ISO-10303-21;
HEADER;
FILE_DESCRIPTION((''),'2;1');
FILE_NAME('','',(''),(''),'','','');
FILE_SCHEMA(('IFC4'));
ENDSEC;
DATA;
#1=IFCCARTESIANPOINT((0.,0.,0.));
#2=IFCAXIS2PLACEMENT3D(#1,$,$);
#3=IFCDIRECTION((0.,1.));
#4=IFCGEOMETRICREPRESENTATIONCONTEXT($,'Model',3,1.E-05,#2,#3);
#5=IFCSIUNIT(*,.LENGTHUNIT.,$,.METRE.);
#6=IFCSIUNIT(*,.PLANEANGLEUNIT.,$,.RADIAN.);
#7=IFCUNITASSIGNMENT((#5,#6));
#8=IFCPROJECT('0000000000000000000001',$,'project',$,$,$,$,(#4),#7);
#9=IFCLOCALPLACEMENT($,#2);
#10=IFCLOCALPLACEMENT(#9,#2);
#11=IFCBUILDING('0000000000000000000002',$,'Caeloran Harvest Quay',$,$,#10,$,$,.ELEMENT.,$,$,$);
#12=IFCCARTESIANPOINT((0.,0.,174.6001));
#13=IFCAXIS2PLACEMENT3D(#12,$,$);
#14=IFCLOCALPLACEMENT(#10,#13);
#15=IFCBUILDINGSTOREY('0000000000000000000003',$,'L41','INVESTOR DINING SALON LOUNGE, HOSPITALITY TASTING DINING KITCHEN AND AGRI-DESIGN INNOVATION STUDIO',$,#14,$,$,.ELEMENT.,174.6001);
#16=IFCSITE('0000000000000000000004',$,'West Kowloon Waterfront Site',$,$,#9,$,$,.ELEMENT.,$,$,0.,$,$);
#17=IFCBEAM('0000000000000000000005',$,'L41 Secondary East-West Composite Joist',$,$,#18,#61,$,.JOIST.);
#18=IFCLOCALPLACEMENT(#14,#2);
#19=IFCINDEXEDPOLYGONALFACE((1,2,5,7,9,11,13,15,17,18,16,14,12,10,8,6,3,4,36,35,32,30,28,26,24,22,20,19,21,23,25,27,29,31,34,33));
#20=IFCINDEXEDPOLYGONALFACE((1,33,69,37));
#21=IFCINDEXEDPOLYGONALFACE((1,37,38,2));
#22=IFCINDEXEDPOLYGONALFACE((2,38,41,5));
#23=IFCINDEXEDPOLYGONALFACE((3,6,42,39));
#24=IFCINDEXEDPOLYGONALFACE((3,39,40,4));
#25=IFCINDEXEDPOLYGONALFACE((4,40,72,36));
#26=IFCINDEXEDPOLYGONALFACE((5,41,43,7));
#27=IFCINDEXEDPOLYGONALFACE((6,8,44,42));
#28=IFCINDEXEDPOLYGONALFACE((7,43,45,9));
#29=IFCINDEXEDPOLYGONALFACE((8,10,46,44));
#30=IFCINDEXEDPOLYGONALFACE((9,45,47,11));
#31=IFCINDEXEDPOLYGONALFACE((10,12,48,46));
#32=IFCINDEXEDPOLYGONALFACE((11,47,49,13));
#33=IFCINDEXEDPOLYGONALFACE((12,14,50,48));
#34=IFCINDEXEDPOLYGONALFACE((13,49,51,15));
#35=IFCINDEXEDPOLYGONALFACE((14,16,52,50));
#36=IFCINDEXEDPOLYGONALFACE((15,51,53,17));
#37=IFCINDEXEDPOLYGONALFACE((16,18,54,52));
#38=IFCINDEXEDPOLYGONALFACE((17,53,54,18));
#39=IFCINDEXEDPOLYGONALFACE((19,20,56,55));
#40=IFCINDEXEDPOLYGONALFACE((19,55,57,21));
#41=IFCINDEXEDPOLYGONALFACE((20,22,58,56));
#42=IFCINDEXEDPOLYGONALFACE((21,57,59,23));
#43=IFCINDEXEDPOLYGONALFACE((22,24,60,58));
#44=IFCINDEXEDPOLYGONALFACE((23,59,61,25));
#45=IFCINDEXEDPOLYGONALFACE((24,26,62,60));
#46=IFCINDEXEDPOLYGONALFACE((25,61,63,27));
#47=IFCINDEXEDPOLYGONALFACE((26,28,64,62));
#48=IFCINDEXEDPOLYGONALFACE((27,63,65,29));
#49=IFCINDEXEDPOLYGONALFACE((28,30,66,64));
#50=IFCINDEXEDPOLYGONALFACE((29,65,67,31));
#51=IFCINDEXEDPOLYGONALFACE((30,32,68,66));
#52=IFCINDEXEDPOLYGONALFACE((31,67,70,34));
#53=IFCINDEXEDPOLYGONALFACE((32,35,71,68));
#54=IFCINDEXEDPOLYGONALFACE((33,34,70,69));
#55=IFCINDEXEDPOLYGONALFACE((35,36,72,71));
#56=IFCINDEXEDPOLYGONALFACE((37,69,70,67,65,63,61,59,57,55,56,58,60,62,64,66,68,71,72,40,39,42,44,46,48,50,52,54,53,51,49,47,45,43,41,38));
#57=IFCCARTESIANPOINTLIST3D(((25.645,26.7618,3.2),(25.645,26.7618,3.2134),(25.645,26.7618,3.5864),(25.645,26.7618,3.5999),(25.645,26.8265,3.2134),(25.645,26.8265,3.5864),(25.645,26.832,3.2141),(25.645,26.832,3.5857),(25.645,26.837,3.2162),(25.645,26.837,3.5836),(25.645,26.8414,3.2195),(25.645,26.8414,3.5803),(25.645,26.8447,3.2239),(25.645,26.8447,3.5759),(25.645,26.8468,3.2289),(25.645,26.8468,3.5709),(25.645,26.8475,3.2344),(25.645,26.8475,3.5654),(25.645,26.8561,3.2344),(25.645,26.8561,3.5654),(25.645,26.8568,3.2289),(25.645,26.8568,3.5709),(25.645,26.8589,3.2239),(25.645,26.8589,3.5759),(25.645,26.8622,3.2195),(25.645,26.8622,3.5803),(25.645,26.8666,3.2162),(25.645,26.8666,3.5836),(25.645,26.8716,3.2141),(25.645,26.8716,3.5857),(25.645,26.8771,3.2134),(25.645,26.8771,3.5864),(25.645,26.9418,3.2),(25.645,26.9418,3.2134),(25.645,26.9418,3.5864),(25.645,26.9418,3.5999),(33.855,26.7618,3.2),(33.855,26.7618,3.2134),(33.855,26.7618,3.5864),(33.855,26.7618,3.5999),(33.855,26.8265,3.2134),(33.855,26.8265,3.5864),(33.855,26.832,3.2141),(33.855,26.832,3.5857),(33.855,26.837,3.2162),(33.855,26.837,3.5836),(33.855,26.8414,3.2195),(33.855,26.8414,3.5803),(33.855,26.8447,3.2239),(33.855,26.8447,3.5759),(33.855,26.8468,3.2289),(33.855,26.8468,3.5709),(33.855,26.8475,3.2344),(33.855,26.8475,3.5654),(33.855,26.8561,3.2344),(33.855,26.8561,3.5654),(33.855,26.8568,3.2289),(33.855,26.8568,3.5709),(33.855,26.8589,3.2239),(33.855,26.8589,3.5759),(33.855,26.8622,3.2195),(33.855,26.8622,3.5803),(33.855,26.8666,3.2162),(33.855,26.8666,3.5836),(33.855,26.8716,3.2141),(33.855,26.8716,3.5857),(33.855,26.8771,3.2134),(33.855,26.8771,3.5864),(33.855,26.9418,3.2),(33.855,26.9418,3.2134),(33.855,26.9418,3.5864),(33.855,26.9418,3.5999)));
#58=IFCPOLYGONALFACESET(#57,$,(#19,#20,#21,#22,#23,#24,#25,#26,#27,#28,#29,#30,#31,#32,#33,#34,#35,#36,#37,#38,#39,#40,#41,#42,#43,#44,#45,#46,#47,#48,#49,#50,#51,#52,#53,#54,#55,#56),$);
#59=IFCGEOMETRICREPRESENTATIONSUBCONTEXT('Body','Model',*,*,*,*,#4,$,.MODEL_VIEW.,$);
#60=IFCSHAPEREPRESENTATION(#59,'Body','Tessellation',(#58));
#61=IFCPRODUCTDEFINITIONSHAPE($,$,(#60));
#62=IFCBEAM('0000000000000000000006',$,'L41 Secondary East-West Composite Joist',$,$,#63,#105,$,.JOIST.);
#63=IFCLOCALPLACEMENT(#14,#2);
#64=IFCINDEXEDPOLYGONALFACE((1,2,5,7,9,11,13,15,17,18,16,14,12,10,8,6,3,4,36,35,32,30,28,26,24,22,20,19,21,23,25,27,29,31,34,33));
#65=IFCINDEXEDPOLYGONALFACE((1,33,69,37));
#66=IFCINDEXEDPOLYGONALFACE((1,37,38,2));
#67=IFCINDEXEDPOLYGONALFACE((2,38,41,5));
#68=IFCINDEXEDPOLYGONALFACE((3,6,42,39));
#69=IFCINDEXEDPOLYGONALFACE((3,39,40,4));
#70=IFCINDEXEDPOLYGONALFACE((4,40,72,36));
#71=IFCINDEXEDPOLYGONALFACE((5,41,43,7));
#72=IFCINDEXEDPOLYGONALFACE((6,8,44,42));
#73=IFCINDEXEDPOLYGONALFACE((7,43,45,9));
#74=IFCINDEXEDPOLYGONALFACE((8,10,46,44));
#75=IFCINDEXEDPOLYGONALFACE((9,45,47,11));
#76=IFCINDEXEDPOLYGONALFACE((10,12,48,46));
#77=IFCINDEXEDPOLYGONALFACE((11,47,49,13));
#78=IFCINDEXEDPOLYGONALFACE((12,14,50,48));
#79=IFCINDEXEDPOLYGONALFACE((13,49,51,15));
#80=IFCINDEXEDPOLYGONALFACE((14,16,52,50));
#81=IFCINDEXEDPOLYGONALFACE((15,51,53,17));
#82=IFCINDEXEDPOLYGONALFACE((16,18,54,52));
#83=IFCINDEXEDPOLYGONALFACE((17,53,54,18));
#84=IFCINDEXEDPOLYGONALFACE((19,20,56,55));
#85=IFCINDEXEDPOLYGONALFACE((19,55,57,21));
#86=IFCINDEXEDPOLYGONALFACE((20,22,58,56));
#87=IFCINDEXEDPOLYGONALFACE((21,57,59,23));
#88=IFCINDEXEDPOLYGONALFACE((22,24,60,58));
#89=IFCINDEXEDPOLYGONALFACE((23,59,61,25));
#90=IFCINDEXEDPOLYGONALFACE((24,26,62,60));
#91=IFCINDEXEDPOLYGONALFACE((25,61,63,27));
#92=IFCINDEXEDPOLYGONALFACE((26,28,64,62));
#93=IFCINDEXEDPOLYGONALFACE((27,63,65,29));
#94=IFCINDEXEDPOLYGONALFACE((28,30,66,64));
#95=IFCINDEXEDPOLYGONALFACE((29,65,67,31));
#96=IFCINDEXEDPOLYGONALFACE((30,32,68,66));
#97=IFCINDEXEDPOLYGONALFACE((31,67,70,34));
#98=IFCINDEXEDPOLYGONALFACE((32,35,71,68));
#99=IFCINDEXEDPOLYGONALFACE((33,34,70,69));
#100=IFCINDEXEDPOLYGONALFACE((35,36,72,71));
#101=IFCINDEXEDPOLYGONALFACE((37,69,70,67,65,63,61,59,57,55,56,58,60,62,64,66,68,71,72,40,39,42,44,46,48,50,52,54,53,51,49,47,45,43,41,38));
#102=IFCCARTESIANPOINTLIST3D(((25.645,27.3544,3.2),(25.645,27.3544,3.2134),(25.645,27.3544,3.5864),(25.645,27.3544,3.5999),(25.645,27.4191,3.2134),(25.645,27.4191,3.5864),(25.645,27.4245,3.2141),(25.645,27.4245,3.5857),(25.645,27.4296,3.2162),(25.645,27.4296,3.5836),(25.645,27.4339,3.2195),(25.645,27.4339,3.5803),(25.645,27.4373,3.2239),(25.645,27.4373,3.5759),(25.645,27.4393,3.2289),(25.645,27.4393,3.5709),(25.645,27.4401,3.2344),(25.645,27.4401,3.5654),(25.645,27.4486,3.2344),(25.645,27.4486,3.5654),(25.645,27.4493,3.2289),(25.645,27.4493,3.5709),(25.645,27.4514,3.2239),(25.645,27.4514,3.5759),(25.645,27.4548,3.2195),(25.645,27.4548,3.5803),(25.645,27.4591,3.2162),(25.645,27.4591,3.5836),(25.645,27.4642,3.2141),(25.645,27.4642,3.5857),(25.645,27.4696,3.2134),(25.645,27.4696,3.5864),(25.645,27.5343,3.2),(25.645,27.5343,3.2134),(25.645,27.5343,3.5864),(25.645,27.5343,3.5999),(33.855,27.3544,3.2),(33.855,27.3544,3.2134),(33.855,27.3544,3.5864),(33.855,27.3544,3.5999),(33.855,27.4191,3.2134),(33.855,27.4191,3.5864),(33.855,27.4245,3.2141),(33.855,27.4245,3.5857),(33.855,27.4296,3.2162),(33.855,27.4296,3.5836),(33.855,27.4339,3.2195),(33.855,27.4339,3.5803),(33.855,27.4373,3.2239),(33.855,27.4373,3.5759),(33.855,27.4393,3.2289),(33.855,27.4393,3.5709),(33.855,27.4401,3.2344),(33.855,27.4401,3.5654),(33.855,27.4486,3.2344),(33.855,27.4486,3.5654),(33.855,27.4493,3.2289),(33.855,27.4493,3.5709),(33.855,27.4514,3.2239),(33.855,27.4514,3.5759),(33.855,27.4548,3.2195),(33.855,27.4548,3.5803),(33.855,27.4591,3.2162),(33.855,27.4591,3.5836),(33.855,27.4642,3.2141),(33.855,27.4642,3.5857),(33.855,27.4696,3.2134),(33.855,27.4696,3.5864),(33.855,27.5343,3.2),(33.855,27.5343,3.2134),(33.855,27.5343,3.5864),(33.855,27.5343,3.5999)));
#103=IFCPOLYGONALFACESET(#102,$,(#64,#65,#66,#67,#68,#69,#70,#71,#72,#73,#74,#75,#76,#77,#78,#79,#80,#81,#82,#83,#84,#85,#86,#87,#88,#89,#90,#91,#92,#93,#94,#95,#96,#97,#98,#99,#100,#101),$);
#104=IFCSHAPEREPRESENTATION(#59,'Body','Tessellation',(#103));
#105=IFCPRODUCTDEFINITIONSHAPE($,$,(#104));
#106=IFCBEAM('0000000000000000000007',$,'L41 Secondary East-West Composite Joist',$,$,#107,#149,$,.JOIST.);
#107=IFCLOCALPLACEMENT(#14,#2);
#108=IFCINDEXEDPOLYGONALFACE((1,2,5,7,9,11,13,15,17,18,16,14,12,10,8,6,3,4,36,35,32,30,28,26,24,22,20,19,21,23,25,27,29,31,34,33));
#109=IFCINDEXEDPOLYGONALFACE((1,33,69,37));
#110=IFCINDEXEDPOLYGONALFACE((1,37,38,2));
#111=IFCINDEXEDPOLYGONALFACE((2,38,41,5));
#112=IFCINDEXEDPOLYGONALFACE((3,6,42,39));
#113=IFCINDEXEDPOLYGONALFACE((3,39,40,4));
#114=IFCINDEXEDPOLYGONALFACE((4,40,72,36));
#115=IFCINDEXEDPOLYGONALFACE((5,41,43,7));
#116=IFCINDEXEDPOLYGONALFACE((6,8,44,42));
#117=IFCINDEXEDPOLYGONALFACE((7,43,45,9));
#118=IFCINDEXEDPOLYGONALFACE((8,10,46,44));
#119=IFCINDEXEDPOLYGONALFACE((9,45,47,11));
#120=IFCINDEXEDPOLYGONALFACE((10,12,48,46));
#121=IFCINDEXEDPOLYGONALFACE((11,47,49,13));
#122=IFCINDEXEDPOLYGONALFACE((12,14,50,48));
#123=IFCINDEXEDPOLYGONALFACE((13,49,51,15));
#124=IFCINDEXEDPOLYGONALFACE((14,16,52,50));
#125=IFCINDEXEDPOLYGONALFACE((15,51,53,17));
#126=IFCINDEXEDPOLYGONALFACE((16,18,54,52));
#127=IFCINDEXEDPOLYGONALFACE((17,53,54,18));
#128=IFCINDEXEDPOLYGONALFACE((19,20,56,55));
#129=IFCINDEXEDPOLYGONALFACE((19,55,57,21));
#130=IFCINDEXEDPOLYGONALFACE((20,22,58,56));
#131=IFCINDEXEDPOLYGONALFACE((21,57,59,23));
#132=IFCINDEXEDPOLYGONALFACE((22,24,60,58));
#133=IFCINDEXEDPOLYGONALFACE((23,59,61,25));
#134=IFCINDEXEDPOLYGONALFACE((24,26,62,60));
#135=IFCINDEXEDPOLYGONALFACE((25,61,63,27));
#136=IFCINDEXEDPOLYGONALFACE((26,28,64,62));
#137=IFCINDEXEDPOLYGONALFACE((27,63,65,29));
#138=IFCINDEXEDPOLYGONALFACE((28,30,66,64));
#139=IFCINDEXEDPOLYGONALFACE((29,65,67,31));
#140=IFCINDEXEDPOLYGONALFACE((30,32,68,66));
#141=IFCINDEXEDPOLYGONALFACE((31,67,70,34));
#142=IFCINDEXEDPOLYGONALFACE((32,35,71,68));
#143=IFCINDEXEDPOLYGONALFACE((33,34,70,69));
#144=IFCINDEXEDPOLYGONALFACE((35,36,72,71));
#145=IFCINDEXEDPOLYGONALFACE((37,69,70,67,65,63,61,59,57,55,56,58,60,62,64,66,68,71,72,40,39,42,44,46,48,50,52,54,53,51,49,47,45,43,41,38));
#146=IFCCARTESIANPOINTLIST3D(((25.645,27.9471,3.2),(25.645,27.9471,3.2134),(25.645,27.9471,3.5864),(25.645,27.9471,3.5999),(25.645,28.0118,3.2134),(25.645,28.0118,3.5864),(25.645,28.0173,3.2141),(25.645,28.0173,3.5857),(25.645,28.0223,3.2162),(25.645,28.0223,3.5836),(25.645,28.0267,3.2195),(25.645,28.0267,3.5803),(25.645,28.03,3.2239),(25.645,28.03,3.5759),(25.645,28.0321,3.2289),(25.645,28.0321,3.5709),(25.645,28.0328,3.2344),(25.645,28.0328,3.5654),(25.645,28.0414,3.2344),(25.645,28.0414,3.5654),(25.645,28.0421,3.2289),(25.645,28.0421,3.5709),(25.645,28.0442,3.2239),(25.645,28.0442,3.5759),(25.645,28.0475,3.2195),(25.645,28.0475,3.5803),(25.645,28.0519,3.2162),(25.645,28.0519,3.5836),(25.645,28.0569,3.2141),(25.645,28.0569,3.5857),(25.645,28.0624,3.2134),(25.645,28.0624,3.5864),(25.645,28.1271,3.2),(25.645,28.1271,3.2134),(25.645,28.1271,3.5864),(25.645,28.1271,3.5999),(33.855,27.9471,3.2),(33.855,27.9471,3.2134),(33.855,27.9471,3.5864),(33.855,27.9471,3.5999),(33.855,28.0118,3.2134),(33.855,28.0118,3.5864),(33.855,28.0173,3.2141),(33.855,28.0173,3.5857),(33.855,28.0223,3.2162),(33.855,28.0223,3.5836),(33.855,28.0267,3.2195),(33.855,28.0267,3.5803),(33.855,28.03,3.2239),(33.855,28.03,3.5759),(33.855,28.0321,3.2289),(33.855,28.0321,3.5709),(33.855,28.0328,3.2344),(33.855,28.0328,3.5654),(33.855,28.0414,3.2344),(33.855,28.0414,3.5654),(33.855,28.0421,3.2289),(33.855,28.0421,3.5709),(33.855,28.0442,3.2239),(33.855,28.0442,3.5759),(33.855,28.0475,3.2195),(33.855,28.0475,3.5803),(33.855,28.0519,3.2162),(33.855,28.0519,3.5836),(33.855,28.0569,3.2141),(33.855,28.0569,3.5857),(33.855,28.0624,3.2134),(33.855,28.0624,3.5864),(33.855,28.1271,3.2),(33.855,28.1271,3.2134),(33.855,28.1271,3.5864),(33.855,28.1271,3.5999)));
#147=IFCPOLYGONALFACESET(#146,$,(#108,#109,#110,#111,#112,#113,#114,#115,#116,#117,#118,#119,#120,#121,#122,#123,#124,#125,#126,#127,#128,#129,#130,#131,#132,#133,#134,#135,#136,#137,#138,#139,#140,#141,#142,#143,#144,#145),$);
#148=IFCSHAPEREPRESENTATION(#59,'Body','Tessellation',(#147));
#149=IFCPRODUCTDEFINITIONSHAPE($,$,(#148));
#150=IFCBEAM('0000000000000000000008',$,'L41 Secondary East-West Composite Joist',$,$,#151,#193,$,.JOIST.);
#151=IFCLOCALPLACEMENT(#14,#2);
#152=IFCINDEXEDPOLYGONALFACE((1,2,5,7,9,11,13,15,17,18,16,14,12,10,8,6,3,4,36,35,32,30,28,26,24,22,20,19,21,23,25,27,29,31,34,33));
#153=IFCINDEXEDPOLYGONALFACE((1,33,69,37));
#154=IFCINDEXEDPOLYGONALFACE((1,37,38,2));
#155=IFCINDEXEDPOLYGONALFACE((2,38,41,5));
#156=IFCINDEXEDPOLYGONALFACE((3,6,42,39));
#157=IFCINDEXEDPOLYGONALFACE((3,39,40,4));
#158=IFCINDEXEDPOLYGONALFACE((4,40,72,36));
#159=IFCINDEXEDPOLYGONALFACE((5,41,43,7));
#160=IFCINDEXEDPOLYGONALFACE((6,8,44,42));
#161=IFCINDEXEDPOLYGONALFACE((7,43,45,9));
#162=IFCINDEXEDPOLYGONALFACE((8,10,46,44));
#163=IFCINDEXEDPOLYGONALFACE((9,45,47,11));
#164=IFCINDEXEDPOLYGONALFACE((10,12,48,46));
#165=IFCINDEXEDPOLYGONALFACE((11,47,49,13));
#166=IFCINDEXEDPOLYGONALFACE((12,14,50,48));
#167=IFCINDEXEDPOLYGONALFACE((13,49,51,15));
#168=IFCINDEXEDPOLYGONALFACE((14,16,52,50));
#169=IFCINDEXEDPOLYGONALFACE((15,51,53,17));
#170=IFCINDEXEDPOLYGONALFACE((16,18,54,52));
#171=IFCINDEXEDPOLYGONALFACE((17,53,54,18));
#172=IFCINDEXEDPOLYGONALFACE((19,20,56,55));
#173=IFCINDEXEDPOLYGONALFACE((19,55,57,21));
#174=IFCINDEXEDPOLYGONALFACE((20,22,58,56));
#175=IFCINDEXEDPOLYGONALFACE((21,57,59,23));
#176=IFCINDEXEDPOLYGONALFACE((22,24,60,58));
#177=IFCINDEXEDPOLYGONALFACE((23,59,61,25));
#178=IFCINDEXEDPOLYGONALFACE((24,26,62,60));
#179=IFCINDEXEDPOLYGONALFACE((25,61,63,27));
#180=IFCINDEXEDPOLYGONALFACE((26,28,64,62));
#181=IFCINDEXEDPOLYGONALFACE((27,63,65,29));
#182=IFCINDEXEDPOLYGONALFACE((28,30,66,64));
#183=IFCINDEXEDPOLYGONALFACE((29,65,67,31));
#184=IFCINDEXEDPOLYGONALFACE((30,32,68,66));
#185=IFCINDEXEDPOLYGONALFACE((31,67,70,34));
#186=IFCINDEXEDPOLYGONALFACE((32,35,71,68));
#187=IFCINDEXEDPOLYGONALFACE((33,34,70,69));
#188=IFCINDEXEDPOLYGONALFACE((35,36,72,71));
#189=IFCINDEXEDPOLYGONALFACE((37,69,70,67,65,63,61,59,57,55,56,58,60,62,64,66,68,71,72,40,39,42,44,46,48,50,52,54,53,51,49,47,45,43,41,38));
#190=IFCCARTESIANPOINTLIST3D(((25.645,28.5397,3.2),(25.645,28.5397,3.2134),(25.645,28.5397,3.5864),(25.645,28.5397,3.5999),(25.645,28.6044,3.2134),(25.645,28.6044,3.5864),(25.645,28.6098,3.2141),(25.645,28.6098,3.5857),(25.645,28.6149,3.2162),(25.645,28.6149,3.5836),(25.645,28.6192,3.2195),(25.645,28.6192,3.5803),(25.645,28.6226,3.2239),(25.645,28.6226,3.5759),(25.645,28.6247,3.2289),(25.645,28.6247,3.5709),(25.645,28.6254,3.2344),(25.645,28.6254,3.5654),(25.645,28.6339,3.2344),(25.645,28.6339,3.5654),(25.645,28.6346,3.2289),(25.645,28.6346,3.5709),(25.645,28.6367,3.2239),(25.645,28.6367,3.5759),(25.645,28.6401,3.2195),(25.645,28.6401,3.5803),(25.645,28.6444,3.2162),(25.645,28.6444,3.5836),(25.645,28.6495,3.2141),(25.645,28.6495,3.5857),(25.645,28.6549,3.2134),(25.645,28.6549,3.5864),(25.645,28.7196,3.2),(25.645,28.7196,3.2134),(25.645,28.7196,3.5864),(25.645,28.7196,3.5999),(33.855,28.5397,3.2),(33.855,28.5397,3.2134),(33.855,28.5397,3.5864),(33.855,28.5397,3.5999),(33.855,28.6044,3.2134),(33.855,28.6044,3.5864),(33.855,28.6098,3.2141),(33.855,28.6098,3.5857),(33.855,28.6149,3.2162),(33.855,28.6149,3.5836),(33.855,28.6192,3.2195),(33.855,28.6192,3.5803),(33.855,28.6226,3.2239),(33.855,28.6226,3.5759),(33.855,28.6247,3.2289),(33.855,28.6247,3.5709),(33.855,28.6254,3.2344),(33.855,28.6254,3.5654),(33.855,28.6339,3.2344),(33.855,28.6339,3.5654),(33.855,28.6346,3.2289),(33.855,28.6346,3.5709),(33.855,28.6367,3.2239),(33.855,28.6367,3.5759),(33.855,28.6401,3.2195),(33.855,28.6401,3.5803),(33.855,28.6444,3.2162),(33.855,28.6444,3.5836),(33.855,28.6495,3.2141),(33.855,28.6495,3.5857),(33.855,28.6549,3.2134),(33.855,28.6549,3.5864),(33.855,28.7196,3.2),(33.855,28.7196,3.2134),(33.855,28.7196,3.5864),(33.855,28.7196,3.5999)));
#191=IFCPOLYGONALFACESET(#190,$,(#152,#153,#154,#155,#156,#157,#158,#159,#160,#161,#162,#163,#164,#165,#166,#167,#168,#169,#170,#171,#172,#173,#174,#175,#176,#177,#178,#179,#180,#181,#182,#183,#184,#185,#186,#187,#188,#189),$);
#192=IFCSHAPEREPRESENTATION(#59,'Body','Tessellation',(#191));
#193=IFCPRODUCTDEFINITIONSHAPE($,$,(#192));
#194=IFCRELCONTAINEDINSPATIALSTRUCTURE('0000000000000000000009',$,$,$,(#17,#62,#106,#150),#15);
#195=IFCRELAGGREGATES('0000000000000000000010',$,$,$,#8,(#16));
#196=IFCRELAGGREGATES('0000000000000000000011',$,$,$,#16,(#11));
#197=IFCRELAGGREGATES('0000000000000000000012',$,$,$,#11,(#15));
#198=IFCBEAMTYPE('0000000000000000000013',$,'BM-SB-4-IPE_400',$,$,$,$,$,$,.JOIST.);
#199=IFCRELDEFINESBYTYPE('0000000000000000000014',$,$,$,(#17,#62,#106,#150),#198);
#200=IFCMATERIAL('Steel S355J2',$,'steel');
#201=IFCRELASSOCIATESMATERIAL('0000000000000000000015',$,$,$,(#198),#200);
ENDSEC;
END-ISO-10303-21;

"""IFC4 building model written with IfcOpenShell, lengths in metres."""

from ifc_helpers import new_model, si_unit, direction, frame, origin, origin_2d, place, context, subcontext, project, spatial, i_section, extrude, material, material_profile, profile_set, type_object, element, save


model = new_model("IFC4")

# Units and contexts
model_context = context("Model", 3, precision=1e-05, world=origin(), true_north=direction((0.0, 1.0)))
body_context = subcontext(model_context, "Body", "Model", "MODEL_VIEW")
ifc_project = project(units=[si_unit("LENGTHUNIT", "METRE"), si_unit("PLANEANGLEUNIT", "RADIAN")], contexts=[model_context])

# Site, building, storey
site_placement = place(None, origin())
site = spatial("IfcSite", under=ifc_project, at=site_placement, Name="West Kowloon Waterfront Site", CompositionType="ELEMENT", RefElevation=0.0)
building_placement = place(site_placement, origin())
building = spatial("IfcBuilding", under=site, at=building_placement, Name="Caeloran Harvest Quay", CompositionType="ELEMENT")
storey_placement = place(building_placement, frame((0.0, 0.0, 174.6001)))
storey = spatial("IfcBuildingStorey", under=building, at=storey_placement, Name="L41", Description="INVESTOR DINING SALON LOUNGE, HOSPITALITY TASTING DINING KITCHEN AND AGRI-DESIGN INNOVATION STUDIO", CompositionType="ELEMENT", Elevation=174.6001)

# Beams
ifc_material_1 = material(Name="Steel S355J2", Category="steel")
ifc_material_profile_1 = material_profile(ifc_material_1, i_section(OverallWidth=0.1799, OverallDepth=0.3999, WebThickness=0.0085, FlangeThickness=0.0134, FilletRadius=0.021, at=origin_2d()), Name="IPE 400")
ifc_profile_set_1 = profile_set([ifc_material_profile_1], Name="Steel S355J2")
beam_type_1 = type_object("IfcBeamType", Name="BM-SB-4-IPE_400", PredefinedType="JOIST", material=ifc_profile_set_1)
for number, where, z_axis, x_axis, name in (
    (1, (25.645, 26.8518, 3.3999), (1.0, 0.0, 0.0), (0.0, 1.0, 0.0), "L41 Secondary East-West Composite Joist"),
    (2, (25.645, 27.4443, 3.3999), (1.0, 0.0, 0.0), (0.0, 1.0, 0.0), "L41 Secondary East-West Composite Joist"),
    (3, (25.645, 28.0371, 3.3999), (1.0, 0.0, 0.0), (0.0, 1.0, 0.0), "L41 Secondary East-West Composite Joist"),
    (4, (25.645, 28.6296, 3.3999), (1.0, 0.0, 0.0), (0.0, 1.0, 0.0), "L41 Secondary East-West Composite Joist"),
):
    element("IfcBeam", number, at=place(storey_placement, frame(where, z_axis=z_axis, x_axis=x_axis)), inside=storey, type_object=beam_type_1, Name=name, PredefinedType="JOIST", context=body_context, shape_type="SweptSolid", body=[
        extrude(i_section(OverallWidth=0.1799, OverallDepth=0.3999, WebThickness=0.0085, FlangeThickness=0.0134, FilletRadius=0.021, at=origin_2d()), origin(), (0.0, 0.0, 1.0), 8.21),
    ])

save(model, "model.ifc")
